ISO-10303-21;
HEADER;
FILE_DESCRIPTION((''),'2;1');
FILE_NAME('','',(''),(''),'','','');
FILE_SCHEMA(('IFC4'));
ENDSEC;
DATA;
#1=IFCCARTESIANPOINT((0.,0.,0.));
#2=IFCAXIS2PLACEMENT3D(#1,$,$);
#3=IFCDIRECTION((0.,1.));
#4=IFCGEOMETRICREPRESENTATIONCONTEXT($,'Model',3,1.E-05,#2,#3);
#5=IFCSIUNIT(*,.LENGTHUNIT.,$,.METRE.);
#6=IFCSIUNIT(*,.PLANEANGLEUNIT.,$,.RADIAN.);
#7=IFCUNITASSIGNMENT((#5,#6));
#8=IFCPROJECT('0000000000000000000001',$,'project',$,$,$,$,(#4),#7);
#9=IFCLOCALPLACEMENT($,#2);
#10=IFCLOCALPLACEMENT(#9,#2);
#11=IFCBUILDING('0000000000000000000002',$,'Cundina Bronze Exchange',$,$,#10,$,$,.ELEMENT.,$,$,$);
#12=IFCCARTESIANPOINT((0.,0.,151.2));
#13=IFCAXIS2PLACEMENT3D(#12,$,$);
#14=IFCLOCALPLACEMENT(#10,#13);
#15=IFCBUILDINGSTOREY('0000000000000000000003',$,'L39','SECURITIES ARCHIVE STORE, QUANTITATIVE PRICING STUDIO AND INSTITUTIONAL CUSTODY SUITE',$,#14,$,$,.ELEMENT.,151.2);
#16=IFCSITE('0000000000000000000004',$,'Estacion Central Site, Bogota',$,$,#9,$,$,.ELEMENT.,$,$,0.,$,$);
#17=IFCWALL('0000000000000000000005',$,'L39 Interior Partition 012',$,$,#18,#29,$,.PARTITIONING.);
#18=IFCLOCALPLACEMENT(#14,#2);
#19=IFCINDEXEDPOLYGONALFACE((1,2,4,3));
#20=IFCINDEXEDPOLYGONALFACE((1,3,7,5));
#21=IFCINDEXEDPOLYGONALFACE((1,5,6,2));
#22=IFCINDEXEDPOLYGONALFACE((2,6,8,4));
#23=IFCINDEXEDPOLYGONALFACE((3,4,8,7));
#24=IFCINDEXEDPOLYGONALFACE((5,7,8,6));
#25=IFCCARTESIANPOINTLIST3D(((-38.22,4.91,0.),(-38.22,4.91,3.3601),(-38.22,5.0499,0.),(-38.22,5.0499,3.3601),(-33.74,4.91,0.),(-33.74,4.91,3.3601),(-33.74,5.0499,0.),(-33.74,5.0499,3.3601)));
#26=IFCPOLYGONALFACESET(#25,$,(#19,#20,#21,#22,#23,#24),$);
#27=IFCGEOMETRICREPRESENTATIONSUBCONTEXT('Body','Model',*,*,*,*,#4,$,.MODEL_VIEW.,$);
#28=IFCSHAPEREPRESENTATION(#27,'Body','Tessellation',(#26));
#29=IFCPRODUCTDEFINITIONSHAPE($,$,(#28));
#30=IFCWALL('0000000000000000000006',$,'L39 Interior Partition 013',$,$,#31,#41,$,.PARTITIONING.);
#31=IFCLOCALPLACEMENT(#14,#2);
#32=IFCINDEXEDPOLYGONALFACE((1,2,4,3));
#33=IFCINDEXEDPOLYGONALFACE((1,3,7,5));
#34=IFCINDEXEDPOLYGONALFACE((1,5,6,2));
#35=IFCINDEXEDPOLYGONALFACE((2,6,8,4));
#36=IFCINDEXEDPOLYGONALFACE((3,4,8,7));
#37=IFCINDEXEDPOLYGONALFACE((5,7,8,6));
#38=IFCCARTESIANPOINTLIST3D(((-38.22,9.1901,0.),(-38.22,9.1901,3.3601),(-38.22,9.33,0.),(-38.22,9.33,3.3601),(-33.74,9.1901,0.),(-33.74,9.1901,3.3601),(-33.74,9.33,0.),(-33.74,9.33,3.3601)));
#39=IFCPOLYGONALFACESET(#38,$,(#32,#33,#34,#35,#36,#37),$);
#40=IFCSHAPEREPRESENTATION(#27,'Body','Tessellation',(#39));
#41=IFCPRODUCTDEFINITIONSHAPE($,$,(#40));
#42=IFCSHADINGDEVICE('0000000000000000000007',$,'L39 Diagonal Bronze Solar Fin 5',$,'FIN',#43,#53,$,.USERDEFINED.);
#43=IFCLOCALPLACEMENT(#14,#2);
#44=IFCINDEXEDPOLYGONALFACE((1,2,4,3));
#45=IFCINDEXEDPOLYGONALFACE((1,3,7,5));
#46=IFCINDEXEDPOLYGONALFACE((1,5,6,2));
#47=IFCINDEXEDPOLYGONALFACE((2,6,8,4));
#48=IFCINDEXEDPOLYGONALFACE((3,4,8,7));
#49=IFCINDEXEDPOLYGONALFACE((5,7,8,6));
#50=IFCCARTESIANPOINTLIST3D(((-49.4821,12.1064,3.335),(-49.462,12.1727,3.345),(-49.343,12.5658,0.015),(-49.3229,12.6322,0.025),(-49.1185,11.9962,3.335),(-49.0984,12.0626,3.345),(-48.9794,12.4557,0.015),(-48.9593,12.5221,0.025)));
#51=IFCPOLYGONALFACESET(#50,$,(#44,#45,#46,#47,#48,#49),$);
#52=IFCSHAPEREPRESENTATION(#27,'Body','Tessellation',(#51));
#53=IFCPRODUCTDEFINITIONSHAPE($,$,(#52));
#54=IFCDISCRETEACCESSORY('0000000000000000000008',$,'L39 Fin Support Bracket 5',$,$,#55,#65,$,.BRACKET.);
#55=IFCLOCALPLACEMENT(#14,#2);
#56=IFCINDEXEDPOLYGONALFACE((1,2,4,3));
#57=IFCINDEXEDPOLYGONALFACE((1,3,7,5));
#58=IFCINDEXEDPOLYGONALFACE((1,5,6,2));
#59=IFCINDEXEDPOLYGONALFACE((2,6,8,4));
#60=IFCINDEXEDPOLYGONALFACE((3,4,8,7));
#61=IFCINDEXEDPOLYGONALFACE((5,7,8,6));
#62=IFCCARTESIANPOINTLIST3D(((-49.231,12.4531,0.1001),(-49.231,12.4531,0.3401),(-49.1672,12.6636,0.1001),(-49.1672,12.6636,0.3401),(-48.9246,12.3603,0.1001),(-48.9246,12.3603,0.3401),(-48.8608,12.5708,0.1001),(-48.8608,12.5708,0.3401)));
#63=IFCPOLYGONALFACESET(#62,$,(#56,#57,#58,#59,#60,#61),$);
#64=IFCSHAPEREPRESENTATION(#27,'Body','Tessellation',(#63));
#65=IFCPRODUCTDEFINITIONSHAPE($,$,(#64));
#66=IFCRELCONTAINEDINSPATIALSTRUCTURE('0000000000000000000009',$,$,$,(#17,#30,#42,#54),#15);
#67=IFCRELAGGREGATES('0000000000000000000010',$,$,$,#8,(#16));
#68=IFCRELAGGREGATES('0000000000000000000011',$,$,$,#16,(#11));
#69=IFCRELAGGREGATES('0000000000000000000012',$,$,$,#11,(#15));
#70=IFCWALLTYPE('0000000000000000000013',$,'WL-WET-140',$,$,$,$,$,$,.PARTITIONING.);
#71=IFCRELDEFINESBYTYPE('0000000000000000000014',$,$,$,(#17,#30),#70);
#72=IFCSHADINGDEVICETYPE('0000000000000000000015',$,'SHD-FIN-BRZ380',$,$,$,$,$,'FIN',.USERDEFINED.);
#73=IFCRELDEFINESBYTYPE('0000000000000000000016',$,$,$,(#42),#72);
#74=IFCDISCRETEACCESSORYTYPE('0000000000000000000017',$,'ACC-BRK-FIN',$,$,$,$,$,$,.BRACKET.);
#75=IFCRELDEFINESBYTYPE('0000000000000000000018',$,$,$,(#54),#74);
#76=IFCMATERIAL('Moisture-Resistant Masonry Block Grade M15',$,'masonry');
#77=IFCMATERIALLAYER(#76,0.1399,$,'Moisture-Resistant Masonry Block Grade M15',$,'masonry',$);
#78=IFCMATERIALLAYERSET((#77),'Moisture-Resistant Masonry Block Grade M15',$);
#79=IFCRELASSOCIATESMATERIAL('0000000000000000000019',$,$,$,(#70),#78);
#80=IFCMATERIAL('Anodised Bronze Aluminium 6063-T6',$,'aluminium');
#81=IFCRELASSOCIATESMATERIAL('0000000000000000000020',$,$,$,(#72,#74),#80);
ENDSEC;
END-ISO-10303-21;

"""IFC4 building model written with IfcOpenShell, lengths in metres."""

from ifc_helpers import new_model, si_unit, direction, frame, frame_2d, origin, origin_2d, place, context, subcontext, project, spatial, rectangle, extrude, material, layer, layer_set, material_profile, profile_set, type_object, element, save


model = new_model("IFC4")

# Units and contexts
model_context = context("Model", 3, precision=1e-05, world=origin(), true_north=direction((0.0, 1.0)))
body_context = subcontext(model_context, "Body", "Model", "MODEL_VIEW")
ifc_project = project(units=[si_unit("LENGTHUNIT", "METRE"), si_unit("PLANEANGLEUNIT", "RADIAN")], contexts=[model_context])

# Site, building, storey
site_placement = place(None, origin())
site = spatial("IfcSite", under=ifc_project, at=site_placement, Name="Estacion Central Site, Bogota", CompositionType="ELEMENT", RefElevation=0.0)
building_placement = place(site_placement, origin())
building = spatial("IfcBuilding", under=site, at=building_placement, Name="Cundina Bronze Exchange", CompositionType="ELEMENT")
storey_placement = place(building_placement, frame((0.0, 0.0, 151.2)))
storey = spatial("IfcBuildingStorey", under=building, at=storey_placement, Name="L39", Description="SECURITIES ARCHIVE STORE, QUANTITATIVE PRICING STUDIO AND INSTITUTIONAL CUSTODY SUITE", CompositionType="ELEMENT", Elevation=151.2)

# Shared definitions
ifc_material_1 = material(Name="Anodised Bronze Aluminium 6063-T6", Category="aluminium")

# Walls
ifc_material_2 = material(Name="Moisture-Resistant Masonry Block Grade M15", Category="masonry")
ifc_layer_1 = layer(ifc_material_2, 0.1399, Name="Moisture-Resistant Masonry Block Grade M15", Category="masonry")
ifc_layer_set_1 = layer_set([ifc_layer_1], Name="Moisture-Resistant Masonry Block Grade M15")
wall_type_1 = type_object("IfcWallType", Name="WL-WET-140", PredefinedType="PARTITIONING", material=ifc_layer_set_1)
for number, where, z_axis, x_axis, name in (
    (1, (-38.22, 4.98, 0.0), (0.0, 0.0, 1.0), (1.0, 0.0, 0.0), "L39 Interior Partition 012"),
    (2, (-38.22, 9.26, 0.0), (0.0, 0.0, 1.0), (1.0, 0.0, 0.0), "L39 Interior Partition 013"),
):
    element("IfcWall", number, at=place(storey_placement, frame(where, z_axis=z_axis, x_axis=x_axis)), inside=storey, type_object=wall_type_1, Name=name, PredefinedType="PARTITIONING", context=body_context, shape_type="SweptSolid", body=[
        extrude(rectangle(XDim=4.48, YDim=0.1399, at=frame_2d((2.24, 0.0))), origin(), (0.0, 0.0, 1.0), 3.3601),
    ])

# Shading device
ifc_material_profile_1 = material_profile(ifc_material_1, rectangle(XDim=0.0701, YDim=0.3799, at=origin_2d()), Name="FIN70X380", Category="aluminium")
ifc_profile_set_1 = profile_set([ifc_material_profile_1], Name="Anodised Bronze Aluminium 6063-T6")
shading_device_type = type_object("IfcShadingDeviceType", Name="SHD-FIN-BRZ380", ElementType="FIN", PredefinedType="USERDEFINED", material=ifc_profile_set_1)
shading_device_placement = place(storey_placement, frame((-49.1511, 12.5439, 0.02), z_axis=(-0.041483, -0.136968, 0.989706), x_axis=(0.286883, 0.947216, 0.143112)))
element("IfcShadingDevice", 3, at=shading_device_placement, inside=storey, type_object=shading_device_type, Name="L39 Diagonal Bronze Solar Fin 5", ObjectType="FIN", PredefinedType="USERDEFINED", context=body_context, shape_type="SweptSolid", body=[
    extrude(rectangle(XDim=0.0701, YDim=0.3799, at=origin_2d()), origin(), (0.0, 0.0, 1.0), 3.3545),
])

# Discrete accessory
discrete_accessory_type = type_object("IfcDiscreteAccessoryType", Name="ACC-BRK-FIN", PredefinedType="BRACKET", material=ifc_material_1)
discrete_accessory_placement = place(storey_placement, frame((-49.0459, 12.512, 0.1001), z_axis=(0.0, 0.0, 1.0), x_axis=(-0.290051, -0.957011, 0.0)))
element("IfcDiscreteAccessory", 4, at=discrete_accessory_placement, inside=storey, type_object=discrete_accessory_type, Name="L39 Fin Support Bracket 5", PredefinedType="BRACKET", context=body_context, shape_type="SweptSolid", body=[
    extrude(rectangle(XDim=0.22, YDim=0.3201, at=origin_2d()), origin(), (0.0, 0.0, 1.0), 0.24),
])

save(model, "model.ifc")
